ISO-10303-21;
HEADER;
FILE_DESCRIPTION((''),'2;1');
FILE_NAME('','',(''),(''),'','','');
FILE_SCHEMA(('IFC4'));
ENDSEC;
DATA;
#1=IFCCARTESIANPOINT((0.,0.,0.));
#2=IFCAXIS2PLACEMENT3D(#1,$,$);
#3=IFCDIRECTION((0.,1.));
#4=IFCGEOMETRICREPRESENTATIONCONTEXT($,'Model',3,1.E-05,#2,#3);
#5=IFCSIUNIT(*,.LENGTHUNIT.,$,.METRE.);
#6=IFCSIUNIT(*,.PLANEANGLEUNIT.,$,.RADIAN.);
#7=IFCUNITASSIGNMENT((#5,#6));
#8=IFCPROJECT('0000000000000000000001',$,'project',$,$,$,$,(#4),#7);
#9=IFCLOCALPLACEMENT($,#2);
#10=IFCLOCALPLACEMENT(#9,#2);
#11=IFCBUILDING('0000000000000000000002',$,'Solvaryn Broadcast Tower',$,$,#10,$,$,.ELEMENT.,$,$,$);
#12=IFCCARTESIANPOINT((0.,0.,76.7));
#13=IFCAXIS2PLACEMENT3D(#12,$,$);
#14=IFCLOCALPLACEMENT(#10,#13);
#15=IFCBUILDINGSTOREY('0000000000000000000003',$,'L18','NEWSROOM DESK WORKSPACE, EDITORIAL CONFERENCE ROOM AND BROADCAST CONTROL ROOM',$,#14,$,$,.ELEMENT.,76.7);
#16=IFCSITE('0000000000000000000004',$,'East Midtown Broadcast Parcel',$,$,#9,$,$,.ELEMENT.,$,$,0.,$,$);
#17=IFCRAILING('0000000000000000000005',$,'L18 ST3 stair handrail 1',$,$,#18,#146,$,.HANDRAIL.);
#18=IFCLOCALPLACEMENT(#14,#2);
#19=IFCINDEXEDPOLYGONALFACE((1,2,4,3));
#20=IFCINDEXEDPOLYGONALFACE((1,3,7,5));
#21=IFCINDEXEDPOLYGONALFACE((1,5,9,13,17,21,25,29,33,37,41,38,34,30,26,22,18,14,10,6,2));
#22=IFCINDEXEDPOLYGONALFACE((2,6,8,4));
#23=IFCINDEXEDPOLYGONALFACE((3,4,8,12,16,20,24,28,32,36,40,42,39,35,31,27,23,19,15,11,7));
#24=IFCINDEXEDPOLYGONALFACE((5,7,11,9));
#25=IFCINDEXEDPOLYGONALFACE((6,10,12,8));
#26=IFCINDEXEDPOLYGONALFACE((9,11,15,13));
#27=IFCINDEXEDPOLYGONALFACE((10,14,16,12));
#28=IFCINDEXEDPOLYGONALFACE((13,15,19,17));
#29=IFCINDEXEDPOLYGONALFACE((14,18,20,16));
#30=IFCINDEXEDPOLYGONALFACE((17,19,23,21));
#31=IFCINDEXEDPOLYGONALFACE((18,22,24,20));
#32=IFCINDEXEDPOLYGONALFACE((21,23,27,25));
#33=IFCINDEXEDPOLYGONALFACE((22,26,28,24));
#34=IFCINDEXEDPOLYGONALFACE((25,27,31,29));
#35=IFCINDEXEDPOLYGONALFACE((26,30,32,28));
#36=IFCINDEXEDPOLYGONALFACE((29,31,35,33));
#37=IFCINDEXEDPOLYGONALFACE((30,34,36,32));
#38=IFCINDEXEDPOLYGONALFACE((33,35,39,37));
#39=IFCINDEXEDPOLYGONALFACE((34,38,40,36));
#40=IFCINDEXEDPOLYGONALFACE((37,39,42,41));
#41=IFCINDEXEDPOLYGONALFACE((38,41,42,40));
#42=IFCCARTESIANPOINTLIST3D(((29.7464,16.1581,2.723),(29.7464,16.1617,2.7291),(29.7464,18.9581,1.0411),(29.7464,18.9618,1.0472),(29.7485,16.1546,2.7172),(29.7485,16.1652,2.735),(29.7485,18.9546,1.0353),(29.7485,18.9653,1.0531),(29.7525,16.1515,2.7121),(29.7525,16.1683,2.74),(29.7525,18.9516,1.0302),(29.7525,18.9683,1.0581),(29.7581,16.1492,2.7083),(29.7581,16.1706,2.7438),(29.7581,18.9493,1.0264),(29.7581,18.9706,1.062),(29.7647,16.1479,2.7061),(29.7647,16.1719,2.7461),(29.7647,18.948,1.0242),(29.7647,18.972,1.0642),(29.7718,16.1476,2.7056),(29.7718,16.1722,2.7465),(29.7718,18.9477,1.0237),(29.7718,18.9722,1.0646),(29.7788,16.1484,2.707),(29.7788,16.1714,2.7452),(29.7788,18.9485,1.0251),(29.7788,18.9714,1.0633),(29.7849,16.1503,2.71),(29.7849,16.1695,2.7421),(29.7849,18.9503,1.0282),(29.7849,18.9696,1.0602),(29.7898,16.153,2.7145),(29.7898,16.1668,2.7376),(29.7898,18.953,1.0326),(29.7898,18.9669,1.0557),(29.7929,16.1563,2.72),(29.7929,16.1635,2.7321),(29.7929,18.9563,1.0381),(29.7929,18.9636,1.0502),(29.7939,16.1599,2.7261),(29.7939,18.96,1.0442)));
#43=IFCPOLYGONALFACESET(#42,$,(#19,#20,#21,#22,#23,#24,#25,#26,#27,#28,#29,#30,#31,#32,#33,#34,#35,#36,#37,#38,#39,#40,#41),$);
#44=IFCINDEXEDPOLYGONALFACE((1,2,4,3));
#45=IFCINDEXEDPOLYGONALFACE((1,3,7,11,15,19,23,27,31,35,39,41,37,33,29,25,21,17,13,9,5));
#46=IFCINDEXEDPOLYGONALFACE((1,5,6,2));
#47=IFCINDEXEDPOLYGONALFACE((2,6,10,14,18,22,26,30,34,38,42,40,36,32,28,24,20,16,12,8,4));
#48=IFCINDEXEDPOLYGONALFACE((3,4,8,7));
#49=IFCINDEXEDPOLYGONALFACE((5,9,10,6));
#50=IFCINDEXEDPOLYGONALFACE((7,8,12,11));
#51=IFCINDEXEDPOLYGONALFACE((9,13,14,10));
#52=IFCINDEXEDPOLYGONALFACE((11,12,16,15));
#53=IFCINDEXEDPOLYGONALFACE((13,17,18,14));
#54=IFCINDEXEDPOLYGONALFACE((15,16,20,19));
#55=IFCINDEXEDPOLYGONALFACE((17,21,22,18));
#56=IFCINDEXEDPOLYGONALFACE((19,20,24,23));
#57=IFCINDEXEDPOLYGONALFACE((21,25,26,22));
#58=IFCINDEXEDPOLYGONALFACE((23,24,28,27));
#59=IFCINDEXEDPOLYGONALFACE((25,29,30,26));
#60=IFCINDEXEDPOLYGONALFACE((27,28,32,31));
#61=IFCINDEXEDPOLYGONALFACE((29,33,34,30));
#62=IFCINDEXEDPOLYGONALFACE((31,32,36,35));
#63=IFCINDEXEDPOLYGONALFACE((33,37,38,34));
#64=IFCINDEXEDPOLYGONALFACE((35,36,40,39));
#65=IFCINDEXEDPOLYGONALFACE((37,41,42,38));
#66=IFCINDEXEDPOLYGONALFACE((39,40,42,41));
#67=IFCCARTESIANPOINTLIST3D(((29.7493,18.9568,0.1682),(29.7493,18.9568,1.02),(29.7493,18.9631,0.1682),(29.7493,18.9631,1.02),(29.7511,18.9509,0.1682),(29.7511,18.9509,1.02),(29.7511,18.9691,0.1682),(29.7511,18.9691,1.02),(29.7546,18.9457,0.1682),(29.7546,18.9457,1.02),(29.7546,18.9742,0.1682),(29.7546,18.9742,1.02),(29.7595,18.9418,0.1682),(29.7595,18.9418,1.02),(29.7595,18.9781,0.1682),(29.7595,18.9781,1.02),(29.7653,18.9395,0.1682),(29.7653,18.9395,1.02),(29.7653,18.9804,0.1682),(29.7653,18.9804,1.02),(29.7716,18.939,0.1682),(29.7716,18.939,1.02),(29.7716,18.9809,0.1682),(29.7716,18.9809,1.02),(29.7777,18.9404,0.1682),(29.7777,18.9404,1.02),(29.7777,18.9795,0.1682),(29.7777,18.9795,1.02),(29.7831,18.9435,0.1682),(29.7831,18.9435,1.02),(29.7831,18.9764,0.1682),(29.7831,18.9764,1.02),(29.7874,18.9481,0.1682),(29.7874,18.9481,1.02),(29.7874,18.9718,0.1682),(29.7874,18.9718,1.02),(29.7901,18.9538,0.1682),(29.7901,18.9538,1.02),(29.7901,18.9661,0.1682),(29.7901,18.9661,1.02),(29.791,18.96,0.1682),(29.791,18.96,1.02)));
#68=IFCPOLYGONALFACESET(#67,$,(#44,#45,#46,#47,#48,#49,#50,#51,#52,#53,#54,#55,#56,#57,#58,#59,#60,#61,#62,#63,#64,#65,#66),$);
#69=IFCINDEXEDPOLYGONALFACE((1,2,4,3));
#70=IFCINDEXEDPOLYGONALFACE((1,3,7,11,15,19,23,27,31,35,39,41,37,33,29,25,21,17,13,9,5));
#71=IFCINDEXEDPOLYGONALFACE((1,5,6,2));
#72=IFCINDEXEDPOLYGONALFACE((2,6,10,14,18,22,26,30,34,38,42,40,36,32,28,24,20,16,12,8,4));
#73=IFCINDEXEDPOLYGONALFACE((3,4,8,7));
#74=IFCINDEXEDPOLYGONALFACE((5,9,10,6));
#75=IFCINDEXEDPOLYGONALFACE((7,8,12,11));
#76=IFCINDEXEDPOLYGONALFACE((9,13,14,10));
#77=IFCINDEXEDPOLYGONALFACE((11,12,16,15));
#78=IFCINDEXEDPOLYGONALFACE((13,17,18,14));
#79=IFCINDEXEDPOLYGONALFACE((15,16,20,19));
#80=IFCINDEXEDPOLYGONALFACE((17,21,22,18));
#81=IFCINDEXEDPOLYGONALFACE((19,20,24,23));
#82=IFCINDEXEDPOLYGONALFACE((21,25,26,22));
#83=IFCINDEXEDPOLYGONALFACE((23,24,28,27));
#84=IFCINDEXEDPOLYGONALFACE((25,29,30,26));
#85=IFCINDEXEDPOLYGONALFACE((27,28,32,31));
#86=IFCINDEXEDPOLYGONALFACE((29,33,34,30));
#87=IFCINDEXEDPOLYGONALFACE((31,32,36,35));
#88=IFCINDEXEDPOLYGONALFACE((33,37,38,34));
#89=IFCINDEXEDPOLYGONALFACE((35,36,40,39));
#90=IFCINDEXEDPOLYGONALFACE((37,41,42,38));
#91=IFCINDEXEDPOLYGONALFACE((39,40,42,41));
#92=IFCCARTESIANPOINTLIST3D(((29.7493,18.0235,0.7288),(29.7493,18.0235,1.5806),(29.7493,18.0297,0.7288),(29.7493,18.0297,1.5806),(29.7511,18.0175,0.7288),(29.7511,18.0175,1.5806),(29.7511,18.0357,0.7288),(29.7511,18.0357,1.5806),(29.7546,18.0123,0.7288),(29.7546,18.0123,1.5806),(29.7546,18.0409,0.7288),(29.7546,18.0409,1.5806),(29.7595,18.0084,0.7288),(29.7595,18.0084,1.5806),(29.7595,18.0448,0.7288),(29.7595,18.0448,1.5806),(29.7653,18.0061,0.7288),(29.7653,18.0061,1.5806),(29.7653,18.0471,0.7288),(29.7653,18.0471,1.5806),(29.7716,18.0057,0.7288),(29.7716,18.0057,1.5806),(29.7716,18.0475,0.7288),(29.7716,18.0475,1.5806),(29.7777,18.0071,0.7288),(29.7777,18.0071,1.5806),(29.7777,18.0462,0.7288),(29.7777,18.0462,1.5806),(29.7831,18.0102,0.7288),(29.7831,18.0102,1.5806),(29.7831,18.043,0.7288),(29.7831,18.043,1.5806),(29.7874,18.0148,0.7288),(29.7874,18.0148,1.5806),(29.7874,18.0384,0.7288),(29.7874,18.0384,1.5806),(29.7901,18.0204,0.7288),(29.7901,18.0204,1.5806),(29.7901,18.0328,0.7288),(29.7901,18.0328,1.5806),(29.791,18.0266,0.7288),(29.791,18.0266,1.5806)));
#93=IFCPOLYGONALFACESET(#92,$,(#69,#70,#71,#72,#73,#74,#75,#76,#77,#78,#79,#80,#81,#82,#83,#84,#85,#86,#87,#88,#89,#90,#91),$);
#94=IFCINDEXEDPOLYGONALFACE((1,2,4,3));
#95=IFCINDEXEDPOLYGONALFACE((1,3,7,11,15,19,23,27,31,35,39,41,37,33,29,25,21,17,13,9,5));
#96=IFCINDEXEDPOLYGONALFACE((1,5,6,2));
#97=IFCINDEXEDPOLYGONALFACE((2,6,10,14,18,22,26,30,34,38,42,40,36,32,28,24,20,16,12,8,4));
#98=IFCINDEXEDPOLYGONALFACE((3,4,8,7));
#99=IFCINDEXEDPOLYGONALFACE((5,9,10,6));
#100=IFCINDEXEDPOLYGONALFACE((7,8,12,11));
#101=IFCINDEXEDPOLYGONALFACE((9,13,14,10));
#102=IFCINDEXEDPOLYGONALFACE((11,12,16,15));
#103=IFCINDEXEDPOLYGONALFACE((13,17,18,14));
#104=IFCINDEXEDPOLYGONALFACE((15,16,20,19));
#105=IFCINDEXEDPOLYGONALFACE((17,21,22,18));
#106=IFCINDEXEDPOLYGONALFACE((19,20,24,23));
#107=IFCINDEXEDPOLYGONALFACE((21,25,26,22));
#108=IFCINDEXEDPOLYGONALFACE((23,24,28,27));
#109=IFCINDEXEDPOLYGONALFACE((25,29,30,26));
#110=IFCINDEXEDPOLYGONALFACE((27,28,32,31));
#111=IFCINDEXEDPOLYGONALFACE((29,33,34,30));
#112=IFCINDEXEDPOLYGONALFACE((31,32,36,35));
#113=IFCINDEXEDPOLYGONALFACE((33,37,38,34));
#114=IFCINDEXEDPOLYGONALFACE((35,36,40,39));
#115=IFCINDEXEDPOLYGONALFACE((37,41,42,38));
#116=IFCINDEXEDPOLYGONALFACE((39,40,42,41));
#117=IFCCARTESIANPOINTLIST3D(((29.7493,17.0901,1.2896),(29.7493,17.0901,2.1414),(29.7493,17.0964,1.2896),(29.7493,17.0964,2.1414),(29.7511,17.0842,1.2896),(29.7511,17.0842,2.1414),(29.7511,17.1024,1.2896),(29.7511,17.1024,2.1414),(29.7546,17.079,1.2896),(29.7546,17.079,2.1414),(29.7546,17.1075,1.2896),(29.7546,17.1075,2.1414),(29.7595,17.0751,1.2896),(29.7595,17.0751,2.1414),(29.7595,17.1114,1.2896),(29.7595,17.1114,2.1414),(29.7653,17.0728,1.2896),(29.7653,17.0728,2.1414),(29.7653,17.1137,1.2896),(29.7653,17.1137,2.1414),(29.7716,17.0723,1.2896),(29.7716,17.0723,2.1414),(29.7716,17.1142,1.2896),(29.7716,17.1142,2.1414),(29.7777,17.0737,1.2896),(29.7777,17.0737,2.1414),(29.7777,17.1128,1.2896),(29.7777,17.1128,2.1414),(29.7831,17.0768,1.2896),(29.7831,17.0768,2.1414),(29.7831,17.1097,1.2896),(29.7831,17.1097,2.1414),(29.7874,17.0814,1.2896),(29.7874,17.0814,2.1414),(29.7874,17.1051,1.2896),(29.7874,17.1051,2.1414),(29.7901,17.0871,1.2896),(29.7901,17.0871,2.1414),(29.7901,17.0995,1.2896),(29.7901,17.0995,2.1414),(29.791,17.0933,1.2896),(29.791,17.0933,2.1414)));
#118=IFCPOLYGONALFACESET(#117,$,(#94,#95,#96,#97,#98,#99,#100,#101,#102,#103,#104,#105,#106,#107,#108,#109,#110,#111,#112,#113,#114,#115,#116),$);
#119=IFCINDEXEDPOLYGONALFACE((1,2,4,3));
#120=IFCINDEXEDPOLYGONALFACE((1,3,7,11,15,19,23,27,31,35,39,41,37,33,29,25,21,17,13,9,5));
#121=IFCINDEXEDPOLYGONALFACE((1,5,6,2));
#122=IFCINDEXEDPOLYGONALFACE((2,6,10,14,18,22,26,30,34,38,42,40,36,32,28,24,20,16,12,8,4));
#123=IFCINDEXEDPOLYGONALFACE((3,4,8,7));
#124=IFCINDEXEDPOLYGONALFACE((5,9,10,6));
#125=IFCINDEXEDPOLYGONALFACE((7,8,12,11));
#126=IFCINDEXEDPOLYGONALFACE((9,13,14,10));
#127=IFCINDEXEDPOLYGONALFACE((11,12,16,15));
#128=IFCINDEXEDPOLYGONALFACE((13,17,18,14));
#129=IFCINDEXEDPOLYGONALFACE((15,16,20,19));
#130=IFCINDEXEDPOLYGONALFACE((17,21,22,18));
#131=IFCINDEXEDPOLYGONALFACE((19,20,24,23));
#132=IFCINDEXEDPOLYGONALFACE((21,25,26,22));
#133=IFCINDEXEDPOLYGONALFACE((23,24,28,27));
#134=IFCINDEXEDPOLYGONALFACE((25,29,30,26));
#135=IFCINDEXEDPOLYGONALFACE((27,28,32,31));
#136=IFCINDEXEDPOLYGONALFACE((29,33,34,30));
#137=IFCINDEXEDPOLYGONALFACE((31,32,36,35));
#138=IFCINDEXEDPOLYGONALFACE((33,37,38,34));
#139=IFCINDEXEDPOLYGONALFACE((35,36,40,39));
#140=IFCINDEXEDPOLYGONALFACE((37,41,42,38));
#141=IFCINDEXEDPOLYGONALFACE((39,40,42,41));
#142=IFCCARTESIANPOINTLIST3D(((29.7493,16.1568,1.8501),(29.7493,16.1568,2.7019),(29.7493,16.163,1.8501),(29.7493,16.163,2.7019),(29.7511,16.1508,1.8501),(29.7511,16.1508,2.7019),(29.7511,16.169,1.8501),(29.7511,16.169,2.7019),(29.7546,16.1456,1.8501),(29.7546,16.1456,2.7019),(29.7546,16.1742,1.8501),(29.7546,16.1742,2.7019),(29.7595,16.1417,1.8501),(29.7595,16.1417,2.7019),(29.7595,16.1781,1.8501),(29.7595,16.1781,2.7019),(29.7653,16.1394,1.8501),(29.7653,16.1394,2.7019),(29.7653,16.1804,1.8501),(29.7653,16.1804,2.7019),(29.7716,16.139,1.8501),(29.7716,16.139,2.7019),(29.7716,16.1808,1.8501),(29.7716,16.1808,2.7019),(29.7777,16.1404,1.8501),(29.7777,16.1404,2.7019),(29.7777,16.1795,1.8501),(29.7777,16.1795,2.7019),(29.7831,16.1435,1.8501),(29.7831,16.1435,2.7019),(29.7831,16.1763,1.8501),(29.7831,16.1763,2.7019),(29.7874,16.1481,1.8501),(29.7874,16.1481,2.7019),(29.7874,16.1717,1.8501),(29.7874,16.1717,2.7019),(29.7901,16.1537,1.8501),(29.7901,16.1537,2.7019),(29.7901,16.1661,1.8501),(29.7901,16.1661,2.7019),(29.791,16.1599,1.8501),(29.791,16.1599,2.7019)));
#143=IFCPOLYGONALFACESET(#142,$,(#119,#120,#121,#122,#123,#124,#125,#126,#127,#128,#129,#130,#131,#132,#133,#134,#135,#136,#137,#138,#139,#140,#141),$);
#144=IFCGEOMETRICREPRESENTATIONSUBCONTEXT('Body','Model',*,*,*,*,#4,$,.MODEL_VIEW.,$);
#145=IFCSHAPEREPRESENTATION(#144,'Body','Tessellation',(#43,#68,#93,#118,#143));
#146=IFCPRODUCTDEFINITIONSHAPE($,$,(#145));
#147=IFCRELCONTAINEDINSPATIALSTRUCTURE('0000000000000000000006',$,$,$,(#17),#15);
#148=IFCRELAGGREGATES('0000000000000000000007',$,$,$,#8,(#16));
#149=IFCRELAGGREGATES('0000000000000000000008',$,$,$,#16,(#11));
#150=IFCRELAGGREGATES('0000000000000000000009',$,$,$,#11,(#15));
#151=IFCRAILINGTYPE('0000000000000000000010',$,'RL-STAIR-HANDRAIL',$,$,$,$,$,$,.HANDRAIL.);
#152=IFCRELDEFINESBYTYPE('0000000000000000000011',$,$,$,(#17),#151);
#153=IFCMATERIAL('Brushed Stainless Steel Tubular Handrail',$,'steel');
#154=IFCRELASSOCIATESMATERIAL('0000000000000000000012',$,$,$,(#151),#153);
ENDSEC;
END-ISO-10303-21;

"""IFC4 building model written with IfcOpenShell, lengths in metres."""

from ifc_helpers import new_model, si_unit, direction, frame, origin, origin_2d, place, context, subcontext, project, spatial, circle, extrude, material, type_object, element, save


model = new_model("IFC4")

# Units and contexts
model_context = context("Model", 3, precision=1e-05, world=origin(), true_north=direction((0.0, 1.0)))
body_context = subcontext(model_context, "Body", "Model", "MODEL_VIEW")
ifc_project = project(units=[si_unit("LENGTHUNIT", "METRE"), si_unit("PLANEANGLEUNIT", "RADIAN")], contexts=[model_context])

# Site, building, storey
site_placement = place(None, origin())
site = spatial("IfcSite", under=ifc_project, at=site_placement, Name="East Midtown Broadcast Parcel", CompositionType="ELEMENT", RefElevation=0.0)
building_placement = place(site_placement, origin())
building = spatial("IfcBuilding", under=site, at=building_placement, Name="Solvaryn Broadcast Tower", CompositionType="ELEMENT")
storey_placement = place(building_placement, frame((0.0, 0.0, 76.7)))
storey = spatial("IfcBuildingStorey", under=building, at=storey_placement, Name="L18", Description="NEWSROOM DESK WORKSPACE, EDITORIAL CONFERENCE ROOM AND BROADCAST CONTROL ROOM", CompositionType="ELEMENT", Elevation=76.7)

# Railing
ifc_material_1 = material(Name="Brushed Stainless Steel Tubular Handrail", Category="steel")
railing_type_1 = type_object("IfcRailingType", Name="RL-STAIR-HANDRAIL", PredefinedType="HANDRAIL", material=ifc_material_1)
railing_1_placement = place(storey_placement, frame((29.77, 18.96, 0.1682)))
element("IfcRailing", 1, at=railing_1_placement, inside=storey, type_object=railing_type_1, Name="L18 ST3 stair handrail 1", PredefinedType="HANDRAIL", context=body_context, shape_type="SweptSolid", body=[
    extrude(circle(Radius=0.0239, at=origin_2d()), frame((0.0, 0.0, 0.876), z_axis=(0.0, -0.857242, 0.514913), x_axis=(1.0, 0.0, 0.0)), (0.0, 0.0, 1.0), 3.2664),
    extrude(circle(Radius=0.021, at=origin_2d()), origin(), (0.0, 0.0, 1.0), 0.8518),
    extrude(circle(Radius=0.021, at=origin_2d()), frame((0.0, -0.9333, 0.5605)), (0.0, 0.0, 1.0), 0.8518),
    extrude(circle(Radius=0.021, at=origin_2d()), frame((0.0, -1.8667, 1.1213)), (0.0, 0.0, 1.0), 0.8518),
    extrude(circle(Radius=0.021, at=origin_2d()), frame((0.0, -2.8, 1.6819)), (0.0, 0.0, 1.0), 0.8518),
])

save(model, "model.ifc")
